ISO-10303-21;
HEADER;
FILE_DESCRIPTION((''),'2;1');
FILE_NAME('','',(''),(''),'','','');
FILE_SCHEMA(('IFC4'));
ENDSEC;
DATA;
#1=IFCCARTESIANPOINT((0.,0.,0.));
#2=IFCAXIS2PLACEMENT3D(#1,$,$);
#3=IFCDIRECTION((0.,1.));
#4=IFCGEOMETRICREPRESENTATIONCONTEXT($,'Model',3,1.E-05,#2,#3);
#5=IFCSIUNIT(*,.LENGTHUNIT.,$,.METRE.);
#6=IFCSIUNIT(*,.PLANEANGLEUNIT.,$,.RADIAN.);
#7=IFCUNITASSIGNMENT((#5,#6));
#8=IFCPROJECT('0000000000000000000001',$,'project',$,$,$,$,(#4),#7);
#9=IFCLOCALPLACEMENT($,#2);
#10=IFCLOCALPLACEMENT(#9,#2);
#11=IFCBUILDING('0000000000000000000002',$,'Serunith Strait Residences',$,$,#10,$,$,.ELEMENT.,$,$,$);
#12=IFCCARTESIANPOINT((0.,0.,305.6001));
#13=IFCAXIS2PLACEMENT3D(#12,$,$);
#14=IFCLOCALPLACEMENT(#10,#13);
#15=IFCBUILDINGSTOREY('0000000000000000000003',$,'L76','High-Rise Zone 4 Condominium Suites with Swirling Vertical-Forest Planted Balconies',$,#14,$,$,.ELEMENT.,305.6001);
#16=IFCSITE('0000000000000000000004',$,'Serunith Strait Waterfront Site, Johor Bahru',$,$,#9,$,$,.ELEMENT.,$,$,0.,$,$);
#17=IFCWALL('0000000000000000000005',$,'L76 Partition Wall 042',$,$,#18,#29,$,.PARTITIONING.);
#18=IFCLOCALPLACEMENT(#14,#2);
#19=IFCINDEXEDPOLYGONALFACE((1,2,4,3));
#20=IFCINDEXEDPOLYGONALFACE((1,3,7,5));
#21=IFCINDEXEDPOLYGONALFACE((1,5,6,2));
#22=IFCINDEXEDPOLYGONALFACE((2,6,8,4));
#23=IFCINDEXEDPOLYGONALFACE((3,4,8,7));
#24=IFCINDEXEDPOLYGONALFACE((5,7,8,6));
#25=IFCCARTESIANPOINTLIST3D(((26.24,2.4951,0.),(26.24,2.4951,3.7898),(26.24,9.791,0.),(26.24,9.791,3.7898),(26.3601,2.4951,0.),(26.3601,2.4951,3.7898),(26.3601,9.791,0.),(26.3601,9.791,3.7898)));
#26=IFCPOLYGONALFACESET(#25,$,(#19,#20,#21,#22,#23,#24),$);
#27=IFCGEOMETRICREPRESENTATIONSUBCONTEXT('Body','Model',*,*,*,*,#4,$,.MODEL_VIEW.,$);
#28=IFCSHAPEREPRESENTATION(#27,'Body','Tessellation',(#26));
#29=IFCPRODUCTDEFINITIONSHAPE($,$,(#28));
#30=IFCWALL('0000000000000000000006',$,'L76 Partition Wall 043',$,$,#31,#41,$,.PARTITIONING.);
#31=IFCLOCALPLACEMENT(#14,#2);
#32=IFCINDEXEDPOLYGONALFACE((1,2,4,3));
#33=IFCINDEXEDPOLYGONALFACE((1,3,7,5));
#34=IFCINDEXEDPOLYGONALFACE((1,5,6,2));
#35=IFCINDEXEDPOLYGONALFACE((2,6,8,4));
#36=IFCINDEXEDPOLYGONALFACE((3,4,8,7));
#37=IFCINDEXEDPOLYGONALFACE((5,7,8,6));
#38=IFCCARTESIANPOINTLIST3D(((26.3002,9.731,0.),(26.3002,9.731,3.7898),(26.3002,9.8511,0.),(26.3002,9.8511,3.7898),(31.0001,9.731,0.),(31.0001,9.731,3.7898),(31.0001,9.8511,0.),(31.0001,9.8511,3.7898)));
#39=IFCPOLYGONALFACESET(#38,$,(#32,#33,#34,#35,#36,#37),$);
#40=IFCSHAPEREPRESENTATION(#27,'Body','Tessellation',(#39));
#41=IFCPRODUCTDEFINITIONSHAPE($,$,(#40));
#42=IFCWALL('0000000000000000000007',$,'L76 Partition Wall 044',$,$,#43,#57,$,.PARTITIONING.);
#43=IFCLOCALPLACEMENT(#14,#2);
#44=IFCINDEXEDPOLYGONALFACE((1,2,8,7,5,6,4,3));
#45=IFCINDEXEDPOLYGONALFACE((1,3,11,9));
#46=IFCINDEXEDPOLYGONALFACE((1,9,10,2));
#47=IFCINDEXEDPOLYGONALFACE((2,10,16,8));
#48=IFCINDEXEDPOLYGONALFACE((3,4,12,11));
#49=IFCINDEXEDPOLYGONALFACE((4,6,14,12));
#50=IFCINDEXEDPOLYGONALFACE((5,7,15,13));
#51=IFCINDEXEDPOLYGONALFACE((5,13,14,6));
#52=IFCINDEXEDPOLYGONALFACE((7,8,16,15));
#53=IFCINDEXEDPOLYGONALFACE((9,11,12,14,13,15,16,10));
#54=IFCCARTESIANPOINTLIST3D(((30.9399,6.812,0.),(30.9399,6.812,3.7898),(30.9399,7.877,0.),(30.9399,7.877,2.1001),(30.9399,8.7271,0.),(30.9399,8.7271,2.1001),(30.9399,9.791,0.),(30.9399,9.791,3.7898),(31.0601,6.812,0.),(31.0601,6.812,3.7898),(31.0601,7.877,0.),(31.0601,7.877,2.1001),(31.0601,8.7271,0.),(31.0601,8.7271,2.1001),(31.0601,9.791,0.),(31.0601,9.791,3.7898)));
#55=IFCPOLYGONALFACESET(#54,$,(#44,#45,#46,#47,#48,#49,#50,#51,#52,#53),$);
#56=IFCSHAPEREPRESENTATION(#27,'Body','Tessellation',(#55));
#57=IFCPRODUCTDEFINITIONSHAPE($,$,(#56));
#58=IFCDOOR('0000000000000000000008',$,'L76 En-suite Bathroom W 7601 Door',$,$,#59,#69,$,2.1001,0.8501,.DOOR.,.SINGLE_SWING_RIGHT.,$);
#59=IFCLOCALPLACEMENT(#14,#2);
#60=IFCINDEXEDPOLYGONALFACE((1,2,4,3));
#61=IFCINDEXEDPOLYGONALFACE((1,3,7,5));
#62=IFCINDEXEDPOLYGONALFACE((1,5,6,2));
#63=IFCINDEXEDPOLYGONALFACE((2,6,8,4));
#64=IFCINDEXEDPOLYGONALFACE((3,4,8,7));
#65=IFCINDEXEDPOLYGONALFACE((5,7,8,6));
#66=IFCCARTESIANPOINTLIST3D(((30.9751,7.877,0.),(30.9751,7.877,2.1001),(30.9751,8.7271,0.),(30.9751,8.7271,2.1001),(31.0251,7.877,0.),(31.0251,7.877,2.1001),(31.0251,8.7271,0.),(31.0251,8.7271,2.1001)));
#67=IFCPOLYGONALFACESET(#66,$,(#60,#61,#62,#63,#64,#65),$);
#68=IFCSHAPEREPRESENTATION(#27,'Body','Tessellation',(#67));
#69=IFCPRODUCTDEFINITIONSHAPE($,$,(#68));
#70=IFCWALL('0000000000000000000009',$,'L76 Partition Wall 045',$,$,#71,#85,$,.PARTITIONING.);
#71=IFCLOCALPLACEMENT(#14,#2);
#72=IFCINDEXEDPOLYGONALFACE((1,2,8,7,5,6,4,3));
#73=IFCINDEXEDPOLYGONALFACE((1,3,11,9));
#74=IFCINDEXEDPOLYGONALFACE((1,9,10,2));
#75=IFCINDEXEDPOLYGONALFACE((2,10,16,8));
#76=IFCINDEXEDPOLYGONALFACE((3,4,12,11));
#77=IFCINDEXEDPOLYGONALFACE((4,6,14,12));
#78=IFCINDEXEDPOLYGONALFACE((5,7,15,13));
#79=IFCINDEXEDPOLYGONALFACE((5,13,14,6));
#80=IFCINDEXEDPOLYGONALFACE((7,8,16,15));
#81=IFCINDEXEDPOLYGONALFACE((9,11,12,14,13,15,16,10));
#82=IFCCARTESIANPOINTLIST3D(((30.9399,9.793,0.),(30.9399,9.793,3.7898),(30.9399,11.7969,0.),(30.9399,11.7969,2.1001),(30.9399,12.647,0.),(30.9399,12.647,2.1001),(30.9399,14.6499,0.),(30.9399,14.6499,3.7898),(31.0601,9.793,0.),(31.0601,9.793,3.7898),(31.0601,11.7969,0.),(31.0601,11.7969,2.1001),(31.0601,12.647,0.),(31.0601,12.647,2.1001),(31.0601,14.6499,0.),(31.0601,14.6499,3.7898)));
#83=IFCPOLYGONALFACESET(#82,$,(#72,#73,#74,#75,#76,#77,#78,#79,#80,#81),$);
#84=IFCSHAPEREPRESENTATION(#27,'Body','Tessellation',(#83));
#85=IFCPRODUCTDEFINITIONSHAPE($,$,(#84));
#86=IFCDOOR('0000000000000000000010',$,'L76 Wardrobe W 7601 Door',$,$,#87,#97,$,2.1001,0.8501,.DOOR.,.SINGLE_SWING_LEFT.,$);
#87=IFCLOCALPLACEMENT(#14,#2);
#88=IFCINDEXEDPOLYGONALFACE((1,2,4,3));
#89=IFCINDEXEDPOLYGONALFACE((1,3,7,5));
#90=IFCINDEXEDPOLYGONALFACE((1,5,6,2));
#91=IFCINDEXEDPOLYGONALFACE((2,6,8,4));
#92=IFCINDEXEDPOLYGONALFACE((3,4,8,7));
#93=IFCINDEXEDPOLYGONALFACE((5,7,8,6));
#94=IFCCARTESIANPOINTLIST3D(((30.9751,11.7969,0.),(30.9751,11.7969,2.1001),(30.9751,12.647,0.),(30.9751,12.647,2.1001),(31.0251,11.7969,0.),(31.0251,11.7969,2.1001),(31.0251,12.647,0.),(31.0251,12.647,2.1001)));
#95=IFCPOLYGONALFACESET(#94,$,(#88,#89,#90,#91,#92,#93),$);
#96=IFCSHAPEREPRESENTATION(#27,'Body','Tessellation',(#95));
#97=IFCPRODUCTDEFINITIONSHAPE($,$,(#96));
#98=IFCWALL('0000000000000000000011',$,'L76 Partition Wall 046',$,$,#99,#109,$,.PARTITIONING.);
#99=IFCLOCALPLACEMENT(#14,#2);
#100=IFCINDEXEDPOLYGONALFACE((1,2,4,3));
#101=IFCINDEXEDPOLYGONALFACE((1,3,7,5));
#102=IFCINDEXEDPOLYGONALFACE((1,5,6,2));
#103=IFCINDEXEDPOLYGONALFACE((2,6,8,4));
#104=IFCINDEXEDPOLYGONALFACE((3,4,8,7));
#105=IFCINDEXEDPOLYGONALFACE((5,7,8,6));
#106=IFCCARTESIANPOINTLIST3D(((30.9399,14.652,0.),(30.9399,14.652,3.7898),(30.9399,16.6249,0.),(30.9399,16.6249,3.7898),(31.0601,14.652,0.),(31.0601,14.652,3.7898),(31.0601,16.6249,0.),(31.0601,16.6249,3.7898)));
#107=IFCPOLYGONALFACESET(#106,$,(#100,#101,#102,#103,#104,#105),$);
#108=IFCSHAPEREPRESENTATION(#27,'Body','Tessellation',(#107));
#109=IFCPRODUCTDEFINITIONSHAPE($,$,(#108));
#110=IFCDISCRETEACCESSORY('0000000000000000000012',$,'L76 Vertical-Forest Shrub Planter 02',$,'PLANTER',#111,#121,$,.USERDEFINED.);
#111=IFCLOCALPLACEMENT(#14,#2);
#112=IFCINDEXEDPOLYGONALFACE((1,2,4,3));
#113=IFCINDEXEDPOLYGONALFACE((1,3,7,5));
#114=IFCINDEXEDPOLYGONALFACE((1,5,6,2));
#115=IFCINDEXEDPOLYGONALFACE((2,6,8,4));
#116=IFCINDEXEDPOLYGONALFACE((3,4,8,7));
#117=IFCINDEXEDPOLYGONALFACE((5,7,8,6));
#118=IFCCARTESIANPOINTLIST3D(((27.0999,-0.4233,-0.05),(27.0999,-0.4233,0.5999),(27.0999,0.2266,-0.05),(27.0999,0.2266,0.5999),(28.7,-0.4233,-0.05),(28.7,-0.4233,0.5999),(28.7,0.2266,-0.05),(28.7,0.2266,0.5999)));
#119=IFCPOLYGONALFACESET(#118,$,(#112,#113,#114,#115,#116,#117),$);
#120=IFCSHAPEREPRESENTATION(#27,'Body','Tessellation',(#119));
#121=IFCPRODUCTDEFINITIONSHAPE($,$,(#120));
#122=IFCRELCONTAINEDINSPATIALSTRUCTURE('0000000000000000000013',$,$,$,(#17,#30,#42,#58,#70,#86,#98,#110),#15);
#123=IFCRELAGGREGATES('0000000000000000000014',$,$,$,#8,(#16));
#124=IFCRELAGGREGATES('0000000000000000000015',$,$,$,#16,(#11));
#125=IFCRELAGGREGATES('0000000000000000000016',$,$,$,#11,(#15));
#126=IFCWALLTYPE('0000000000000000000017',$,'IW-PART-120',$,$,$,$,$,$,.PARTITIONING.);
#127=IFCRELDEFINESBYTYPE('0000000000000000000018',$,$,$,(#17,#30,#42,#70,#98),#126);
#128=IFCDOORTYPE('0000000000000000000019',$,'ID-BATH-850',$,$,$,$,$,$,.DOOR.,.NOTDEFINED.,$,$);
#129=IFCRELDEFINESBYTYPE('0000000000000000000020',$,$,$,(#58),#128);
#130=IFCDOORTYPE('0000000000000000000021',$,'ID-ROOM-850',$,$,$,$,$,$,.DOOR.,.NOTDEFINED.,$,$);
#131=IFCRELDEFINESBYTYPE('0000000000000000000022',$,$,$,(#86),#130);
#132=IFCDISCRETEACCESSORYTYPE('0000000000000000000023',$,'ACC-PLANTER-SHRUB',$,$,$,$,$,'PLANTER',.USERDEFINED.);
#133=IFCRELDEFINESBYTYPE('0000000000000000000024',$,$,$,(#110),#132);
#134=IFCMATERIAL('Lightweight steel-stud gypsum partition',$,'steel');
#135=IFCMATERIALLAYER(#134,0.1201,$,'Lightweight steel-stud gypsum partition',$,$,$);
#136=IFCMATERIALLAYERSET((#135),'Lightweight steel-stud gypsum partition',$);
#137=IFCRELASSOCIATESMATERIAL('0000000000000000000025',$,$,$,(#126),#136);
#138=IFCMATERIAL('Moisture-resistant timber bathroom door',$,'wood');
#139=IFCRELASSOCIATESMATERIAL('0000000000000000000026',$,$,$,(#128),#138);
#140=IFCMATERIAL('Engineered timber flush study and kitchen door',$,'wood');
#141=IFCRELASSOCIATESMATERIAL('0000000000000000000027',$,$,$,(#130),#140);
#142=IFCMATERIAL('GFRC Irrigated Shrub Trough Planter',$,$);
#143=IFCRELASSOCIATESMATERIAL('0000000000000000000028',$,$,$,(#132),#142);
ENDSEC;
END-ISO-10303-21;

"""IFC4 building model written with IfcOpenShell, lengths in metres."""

from ifc_helpers import new_model, si_unit, direction, frame, frame_2d, origin, origin_2d, place, context, subcontext, project, spatial, rectangle, extrude, source, transform, mapped, material, layer, layer_set, type_object, element, fill, save


model = new_model("IFC4")

# Units and contexts
model_context = context("Model", 3, precision=1e-05, world=origin(), true_north=direction((0.0, 1.0)))
body_context = subcontext(model_context, "Body", "Model", "MODEL_VIEW")
ifc_project = project(units=[si_unit("LENGTHUNIT", "METRE"), si_unit("PLANEANGLEUNIT", "RADIAN")], contexts=[model_context])

# Site, building, storey
site_placement = place(None, origin())
site = spatial("IfcSite", under=ifc_project, at=site_placement, Name="Serunith Strait Waterfront Site, Johor Bahru", CompositionType="ELEMENT", RefElevation=0.0)
building_placement = place(site_placement, origin())
building = spatial("IfcBuilding", under=site, at=building_placement, Name="Serunith Strait Residences", CompositionType="ELEMENT")
storey_placement = place(building_placement, frame((0.0, 0.0, 305.6001)))
storey = spatial("IfcBuildingStorey", under=building, at=storey_placement, Name="L76", Description="High-Rise Zone 4 Condominium Suites with Swirling Vertical-Forest Planted Balconies", CompositionType="ELEMENT", Elevation=305.6001)

# Shared definitions
ifc_material_1 = material(Name="Lightweight steel-stud gypsum partition", Category="steel")
ifc_layer_1 = layer(ifc_material_1, 0.1201, Name="Lightweight steel-stud gypsum partition")
ifc_layer_set_1 = layer_set([ifc_layer_1], Name="Lightweight steel-stud gypsum partition")
wall_type_1 = type_object("IfcWallType", Name="IW-PART-120", PredefinedType="PARTITIONING", material=ifc_layer_set_1)

# Walls
wall_1_placement = place(storey_placement, frame((26.3, 2.4951, 0.0), z_axis=(0.0, 0.0, 1.0), x_axis=(0.0, 1.0, 0.0)))
element("IfcWall", 1, at=wall_1_placement, inside=storey, type_object=wall_type_1, Name="L76 Partition Wall 042", PredefinedType="PARTITIONING", context=body_context, shape_type="SweptSolid", body=[
    extrude(rectangle(XDim=7.2959, YDim=0.1201, at=frame_2d((3.6479, 0.0))), origin(), (0.0, 0.0, 1.0), 3.7898),
])
wall_2_placement = place(storey_placement, frame((26.3, 9.791, 0.0), z_axis=(0.0, 0.0, 1.0), x_axis=(1.0, 0.0, 0.0)))
element("IfcWall", 2, at=wall_2_placement, inside=storey, type_object=wall_type_1, Name="L76 Partition Wall 043", PredefinedType="PARTITIONING", context=body_context, shape_type="SweptSolid", body=[
    extrude(rectangle(XDim=4.7, YDim=0.1201, at=frame_2d((2.3501, 0.0))), origin(), (0.0, 0.0, 1.0), 3.7898),
])

# Walls, openings, doors
wall_3_placement = place(storey_placement, frame((31.0, 6.812, 0.0), z_axis=(0.0, 0.0, 1.0), x_axis=(0.0, 1.0, 0.0)))
wall_3 = element("IfcWall", 3, at=wall_3_placement, inside=storey, type_object=wall_type_1, Name="L76 Partition Wall 044", PredefinedType="PARTITIONING", context=body_context, shape_type="SweptSolid", body=[
    extrude(rectangle(XDim=2.979, YDim=0.1201, at=frame_2d((1.4895, 0.0))), origin(), (0.0, 0.0, 1.0), 3.7898),
])
opening_1_placement = place(wall_3_placement, frame((1.0649, 0.0, 0.0)))
opening_1 = element("IfcOpeningElement", 4, at=opening_1_placement, cuts=wall_3, PredefinedType="OPENING", context=body_context, shape_type="SweptSolid", body=[
    extrude(rectangle(XDim=0.8501, YDim=2.1001, at=frame_2d((0.425, 1.05))), frame((0.0, 0.0701, 0.0), z_axis=(0.0, -1.0, 0.0), x_axis=(1.0, 0.0, 0.0)), (0.0, 0.0, 1.0), 0.1401),
])
ifc_material_2 = material(Name="Moisture-resistant timber bathroom door", Category="wood")
door_type_1 = type_object("IfcDoorType", Name="ID-BATH-850", OperationType="NOTDEFINED", PredefinedType="DOOR", material=ifc_material_2)
shared_shape_1 = source(origin(), body_context, "Body", "SweptSolid", [
    extrude(rectangle(XDim=0.8501, YDim=2.1001, at=frame_2d((0.425, 1.05))), frame((0.0, 0.0249, 0.0), z_axis=(0.0, -1.0, 0.0), x_axis=(1.0, 0.0, 0.0)), (0.0, 0.0, 1.0), 0.05),
])
door_1_placement = place(opening_1_placement, origin())
door_1 = element("IfcDoor", 5, at=door_1_placement, inside=storey, type_object=door_type_1, Name="L76 En-suite Bathroom W 7601 Door", OperationType="SINGLE_SWING_RIGHT", OverallHeight=2.1001, OverallWidth=0.8501, PredefinedType="DOOR", context=body_context, shape_type="MappedRepresentation", body=[
    mapped(shared_shape_1, transform((0.0, 0.0, 0.0), scale=1.0)),
])
fill(opening_1, door_1)
wall_4_placement = place(storey_placement, frame((31.0, 9.793, 0.0), z_axis=(0.0, 0.0, 1.0), x_axis=(0.0, 1.0, 0.0)))
wall_4 = element("IfcWall", 6, at=wall_4_placement, inside=storey, type_object=wall_type_1, Name="L76 Partition Wall 045", PredefinedType="PARTITIONING", context=body_context, shape_type="SweptSolid", body=[
    extrude(rectangle(XDim=4.8569, YDim=0.1201, at=frame_2d((2.4285, 0.0))), origin(), (0.0, 0.0, 1.0), 3.7898),
])
opening_2_placement = place(wall_4_placement, frame((2.0039, 0.0, 0.0)))
opening_2 = element("IfcOpeningElement", 7, at=opening_2_placement, cuts=wall_4, PredefinedType="OPENING", context=body_context, shape_type="SweptSolid", body=[
    extrude(rectangle(XDim=0.8501, YDim=2.1001, at=frame_2d((0.425, 1.05))), frame((0.0, 0.0701, 0.0), z_axis=(0.0, -1.0, 0.0), x_axis=(1.0, 0.0, 0.0)), (0.0, 0.0, 1.0), 0.1401),
])
ifc_material_3 = material(Name="Engineered timber flush study and kitchen door", Category="wood")
door_type_2 = type_object("IfcDoorType", Name="ID-ROOM-850", OperationType="NOTDEFINED", PredefinedType="DOOR", material=ifc_material_3)
door_2_placement = place(opening_2_placement, origin())
door_2 = element("IfcDoor", 8, at=door_2_placement, inside=storey, type_object=door_type_2, Name="L76 Wardrobe W 7601 Door", OperationType="SINGLE_SWING_LEFT", OverallHeight=2.1001, OverallWidth=0.8501, PredefinedType="DOOR", context=body_context, shape_type="MappedRepresentation", body=[
    mapped(shared_shape_1, transform((0.0, 0.0, 0.0), scale=1.0)),
])
fill(opening_2, door_2)

# Wall
wall_5_placement = place(storey_placement, frame((31.0, 14.6521, 0.0), z_axis=(0.0, 0.0, 1.0), x_axis=(0.0, 1.0, 0.0)))
element("IfcWall", 9, at=wall_5_placement, inside=storey, type_object=wall_type_1, Name="L76 Partition Wall 046", PredefinedType="PARTITIONING", context=body_context, shape_type="SweptSolid", body=[
    extrude(rectangle(XDim=1.9729, YDim=0.1201, at=frame_2d((0.9863, 0.0))), origin(), (0.0, 0.0, 1.0), 3.7898),
])

# Discrete accessory
ifc_material_4 = material(Name="GFRC Irrigated Shrub Trough Planter")
discrete_accessory_type = type_object("IfcDiscreteAccessoryType", Name="ACC-PLANTER-SHRUB", ElementType="PLANTER", PredefinedType="USERDEFINED", material=ifc_material_4)
shared_shape_2 = source(origin(), body_context, "Body", "SweptSolid", [
    extrude(rectangle(XDim=1.6001, YDim=0.6499, at=origin_2d()), origin(), (0.0, 0.0, 1.0), 0.6499),
])
discrete_accessory_placement = place(storey_placement, frame((27.8999, -0.0984, -0.05), z_axis=(0.0, 0.0, 1.0), x_axis=(1.0, 0.0, 0.0)))
element("IfcDiscreteAccessory", 10, at=discrete_accessory_placement, inside=storey, type_object=discrete_accessory_type, Name="L76 Vertical-Forest Shrub Planter 02", ObjectType="PLANTER", PredefinedType="USERDEFINED", context=body_context, shape_type="MappedRepresentation", body=[
    mapped(shared_shape_2, transform((0.0, 0.0, 0.0), scale=1.0)),
])

save(model, "model.ifc")
